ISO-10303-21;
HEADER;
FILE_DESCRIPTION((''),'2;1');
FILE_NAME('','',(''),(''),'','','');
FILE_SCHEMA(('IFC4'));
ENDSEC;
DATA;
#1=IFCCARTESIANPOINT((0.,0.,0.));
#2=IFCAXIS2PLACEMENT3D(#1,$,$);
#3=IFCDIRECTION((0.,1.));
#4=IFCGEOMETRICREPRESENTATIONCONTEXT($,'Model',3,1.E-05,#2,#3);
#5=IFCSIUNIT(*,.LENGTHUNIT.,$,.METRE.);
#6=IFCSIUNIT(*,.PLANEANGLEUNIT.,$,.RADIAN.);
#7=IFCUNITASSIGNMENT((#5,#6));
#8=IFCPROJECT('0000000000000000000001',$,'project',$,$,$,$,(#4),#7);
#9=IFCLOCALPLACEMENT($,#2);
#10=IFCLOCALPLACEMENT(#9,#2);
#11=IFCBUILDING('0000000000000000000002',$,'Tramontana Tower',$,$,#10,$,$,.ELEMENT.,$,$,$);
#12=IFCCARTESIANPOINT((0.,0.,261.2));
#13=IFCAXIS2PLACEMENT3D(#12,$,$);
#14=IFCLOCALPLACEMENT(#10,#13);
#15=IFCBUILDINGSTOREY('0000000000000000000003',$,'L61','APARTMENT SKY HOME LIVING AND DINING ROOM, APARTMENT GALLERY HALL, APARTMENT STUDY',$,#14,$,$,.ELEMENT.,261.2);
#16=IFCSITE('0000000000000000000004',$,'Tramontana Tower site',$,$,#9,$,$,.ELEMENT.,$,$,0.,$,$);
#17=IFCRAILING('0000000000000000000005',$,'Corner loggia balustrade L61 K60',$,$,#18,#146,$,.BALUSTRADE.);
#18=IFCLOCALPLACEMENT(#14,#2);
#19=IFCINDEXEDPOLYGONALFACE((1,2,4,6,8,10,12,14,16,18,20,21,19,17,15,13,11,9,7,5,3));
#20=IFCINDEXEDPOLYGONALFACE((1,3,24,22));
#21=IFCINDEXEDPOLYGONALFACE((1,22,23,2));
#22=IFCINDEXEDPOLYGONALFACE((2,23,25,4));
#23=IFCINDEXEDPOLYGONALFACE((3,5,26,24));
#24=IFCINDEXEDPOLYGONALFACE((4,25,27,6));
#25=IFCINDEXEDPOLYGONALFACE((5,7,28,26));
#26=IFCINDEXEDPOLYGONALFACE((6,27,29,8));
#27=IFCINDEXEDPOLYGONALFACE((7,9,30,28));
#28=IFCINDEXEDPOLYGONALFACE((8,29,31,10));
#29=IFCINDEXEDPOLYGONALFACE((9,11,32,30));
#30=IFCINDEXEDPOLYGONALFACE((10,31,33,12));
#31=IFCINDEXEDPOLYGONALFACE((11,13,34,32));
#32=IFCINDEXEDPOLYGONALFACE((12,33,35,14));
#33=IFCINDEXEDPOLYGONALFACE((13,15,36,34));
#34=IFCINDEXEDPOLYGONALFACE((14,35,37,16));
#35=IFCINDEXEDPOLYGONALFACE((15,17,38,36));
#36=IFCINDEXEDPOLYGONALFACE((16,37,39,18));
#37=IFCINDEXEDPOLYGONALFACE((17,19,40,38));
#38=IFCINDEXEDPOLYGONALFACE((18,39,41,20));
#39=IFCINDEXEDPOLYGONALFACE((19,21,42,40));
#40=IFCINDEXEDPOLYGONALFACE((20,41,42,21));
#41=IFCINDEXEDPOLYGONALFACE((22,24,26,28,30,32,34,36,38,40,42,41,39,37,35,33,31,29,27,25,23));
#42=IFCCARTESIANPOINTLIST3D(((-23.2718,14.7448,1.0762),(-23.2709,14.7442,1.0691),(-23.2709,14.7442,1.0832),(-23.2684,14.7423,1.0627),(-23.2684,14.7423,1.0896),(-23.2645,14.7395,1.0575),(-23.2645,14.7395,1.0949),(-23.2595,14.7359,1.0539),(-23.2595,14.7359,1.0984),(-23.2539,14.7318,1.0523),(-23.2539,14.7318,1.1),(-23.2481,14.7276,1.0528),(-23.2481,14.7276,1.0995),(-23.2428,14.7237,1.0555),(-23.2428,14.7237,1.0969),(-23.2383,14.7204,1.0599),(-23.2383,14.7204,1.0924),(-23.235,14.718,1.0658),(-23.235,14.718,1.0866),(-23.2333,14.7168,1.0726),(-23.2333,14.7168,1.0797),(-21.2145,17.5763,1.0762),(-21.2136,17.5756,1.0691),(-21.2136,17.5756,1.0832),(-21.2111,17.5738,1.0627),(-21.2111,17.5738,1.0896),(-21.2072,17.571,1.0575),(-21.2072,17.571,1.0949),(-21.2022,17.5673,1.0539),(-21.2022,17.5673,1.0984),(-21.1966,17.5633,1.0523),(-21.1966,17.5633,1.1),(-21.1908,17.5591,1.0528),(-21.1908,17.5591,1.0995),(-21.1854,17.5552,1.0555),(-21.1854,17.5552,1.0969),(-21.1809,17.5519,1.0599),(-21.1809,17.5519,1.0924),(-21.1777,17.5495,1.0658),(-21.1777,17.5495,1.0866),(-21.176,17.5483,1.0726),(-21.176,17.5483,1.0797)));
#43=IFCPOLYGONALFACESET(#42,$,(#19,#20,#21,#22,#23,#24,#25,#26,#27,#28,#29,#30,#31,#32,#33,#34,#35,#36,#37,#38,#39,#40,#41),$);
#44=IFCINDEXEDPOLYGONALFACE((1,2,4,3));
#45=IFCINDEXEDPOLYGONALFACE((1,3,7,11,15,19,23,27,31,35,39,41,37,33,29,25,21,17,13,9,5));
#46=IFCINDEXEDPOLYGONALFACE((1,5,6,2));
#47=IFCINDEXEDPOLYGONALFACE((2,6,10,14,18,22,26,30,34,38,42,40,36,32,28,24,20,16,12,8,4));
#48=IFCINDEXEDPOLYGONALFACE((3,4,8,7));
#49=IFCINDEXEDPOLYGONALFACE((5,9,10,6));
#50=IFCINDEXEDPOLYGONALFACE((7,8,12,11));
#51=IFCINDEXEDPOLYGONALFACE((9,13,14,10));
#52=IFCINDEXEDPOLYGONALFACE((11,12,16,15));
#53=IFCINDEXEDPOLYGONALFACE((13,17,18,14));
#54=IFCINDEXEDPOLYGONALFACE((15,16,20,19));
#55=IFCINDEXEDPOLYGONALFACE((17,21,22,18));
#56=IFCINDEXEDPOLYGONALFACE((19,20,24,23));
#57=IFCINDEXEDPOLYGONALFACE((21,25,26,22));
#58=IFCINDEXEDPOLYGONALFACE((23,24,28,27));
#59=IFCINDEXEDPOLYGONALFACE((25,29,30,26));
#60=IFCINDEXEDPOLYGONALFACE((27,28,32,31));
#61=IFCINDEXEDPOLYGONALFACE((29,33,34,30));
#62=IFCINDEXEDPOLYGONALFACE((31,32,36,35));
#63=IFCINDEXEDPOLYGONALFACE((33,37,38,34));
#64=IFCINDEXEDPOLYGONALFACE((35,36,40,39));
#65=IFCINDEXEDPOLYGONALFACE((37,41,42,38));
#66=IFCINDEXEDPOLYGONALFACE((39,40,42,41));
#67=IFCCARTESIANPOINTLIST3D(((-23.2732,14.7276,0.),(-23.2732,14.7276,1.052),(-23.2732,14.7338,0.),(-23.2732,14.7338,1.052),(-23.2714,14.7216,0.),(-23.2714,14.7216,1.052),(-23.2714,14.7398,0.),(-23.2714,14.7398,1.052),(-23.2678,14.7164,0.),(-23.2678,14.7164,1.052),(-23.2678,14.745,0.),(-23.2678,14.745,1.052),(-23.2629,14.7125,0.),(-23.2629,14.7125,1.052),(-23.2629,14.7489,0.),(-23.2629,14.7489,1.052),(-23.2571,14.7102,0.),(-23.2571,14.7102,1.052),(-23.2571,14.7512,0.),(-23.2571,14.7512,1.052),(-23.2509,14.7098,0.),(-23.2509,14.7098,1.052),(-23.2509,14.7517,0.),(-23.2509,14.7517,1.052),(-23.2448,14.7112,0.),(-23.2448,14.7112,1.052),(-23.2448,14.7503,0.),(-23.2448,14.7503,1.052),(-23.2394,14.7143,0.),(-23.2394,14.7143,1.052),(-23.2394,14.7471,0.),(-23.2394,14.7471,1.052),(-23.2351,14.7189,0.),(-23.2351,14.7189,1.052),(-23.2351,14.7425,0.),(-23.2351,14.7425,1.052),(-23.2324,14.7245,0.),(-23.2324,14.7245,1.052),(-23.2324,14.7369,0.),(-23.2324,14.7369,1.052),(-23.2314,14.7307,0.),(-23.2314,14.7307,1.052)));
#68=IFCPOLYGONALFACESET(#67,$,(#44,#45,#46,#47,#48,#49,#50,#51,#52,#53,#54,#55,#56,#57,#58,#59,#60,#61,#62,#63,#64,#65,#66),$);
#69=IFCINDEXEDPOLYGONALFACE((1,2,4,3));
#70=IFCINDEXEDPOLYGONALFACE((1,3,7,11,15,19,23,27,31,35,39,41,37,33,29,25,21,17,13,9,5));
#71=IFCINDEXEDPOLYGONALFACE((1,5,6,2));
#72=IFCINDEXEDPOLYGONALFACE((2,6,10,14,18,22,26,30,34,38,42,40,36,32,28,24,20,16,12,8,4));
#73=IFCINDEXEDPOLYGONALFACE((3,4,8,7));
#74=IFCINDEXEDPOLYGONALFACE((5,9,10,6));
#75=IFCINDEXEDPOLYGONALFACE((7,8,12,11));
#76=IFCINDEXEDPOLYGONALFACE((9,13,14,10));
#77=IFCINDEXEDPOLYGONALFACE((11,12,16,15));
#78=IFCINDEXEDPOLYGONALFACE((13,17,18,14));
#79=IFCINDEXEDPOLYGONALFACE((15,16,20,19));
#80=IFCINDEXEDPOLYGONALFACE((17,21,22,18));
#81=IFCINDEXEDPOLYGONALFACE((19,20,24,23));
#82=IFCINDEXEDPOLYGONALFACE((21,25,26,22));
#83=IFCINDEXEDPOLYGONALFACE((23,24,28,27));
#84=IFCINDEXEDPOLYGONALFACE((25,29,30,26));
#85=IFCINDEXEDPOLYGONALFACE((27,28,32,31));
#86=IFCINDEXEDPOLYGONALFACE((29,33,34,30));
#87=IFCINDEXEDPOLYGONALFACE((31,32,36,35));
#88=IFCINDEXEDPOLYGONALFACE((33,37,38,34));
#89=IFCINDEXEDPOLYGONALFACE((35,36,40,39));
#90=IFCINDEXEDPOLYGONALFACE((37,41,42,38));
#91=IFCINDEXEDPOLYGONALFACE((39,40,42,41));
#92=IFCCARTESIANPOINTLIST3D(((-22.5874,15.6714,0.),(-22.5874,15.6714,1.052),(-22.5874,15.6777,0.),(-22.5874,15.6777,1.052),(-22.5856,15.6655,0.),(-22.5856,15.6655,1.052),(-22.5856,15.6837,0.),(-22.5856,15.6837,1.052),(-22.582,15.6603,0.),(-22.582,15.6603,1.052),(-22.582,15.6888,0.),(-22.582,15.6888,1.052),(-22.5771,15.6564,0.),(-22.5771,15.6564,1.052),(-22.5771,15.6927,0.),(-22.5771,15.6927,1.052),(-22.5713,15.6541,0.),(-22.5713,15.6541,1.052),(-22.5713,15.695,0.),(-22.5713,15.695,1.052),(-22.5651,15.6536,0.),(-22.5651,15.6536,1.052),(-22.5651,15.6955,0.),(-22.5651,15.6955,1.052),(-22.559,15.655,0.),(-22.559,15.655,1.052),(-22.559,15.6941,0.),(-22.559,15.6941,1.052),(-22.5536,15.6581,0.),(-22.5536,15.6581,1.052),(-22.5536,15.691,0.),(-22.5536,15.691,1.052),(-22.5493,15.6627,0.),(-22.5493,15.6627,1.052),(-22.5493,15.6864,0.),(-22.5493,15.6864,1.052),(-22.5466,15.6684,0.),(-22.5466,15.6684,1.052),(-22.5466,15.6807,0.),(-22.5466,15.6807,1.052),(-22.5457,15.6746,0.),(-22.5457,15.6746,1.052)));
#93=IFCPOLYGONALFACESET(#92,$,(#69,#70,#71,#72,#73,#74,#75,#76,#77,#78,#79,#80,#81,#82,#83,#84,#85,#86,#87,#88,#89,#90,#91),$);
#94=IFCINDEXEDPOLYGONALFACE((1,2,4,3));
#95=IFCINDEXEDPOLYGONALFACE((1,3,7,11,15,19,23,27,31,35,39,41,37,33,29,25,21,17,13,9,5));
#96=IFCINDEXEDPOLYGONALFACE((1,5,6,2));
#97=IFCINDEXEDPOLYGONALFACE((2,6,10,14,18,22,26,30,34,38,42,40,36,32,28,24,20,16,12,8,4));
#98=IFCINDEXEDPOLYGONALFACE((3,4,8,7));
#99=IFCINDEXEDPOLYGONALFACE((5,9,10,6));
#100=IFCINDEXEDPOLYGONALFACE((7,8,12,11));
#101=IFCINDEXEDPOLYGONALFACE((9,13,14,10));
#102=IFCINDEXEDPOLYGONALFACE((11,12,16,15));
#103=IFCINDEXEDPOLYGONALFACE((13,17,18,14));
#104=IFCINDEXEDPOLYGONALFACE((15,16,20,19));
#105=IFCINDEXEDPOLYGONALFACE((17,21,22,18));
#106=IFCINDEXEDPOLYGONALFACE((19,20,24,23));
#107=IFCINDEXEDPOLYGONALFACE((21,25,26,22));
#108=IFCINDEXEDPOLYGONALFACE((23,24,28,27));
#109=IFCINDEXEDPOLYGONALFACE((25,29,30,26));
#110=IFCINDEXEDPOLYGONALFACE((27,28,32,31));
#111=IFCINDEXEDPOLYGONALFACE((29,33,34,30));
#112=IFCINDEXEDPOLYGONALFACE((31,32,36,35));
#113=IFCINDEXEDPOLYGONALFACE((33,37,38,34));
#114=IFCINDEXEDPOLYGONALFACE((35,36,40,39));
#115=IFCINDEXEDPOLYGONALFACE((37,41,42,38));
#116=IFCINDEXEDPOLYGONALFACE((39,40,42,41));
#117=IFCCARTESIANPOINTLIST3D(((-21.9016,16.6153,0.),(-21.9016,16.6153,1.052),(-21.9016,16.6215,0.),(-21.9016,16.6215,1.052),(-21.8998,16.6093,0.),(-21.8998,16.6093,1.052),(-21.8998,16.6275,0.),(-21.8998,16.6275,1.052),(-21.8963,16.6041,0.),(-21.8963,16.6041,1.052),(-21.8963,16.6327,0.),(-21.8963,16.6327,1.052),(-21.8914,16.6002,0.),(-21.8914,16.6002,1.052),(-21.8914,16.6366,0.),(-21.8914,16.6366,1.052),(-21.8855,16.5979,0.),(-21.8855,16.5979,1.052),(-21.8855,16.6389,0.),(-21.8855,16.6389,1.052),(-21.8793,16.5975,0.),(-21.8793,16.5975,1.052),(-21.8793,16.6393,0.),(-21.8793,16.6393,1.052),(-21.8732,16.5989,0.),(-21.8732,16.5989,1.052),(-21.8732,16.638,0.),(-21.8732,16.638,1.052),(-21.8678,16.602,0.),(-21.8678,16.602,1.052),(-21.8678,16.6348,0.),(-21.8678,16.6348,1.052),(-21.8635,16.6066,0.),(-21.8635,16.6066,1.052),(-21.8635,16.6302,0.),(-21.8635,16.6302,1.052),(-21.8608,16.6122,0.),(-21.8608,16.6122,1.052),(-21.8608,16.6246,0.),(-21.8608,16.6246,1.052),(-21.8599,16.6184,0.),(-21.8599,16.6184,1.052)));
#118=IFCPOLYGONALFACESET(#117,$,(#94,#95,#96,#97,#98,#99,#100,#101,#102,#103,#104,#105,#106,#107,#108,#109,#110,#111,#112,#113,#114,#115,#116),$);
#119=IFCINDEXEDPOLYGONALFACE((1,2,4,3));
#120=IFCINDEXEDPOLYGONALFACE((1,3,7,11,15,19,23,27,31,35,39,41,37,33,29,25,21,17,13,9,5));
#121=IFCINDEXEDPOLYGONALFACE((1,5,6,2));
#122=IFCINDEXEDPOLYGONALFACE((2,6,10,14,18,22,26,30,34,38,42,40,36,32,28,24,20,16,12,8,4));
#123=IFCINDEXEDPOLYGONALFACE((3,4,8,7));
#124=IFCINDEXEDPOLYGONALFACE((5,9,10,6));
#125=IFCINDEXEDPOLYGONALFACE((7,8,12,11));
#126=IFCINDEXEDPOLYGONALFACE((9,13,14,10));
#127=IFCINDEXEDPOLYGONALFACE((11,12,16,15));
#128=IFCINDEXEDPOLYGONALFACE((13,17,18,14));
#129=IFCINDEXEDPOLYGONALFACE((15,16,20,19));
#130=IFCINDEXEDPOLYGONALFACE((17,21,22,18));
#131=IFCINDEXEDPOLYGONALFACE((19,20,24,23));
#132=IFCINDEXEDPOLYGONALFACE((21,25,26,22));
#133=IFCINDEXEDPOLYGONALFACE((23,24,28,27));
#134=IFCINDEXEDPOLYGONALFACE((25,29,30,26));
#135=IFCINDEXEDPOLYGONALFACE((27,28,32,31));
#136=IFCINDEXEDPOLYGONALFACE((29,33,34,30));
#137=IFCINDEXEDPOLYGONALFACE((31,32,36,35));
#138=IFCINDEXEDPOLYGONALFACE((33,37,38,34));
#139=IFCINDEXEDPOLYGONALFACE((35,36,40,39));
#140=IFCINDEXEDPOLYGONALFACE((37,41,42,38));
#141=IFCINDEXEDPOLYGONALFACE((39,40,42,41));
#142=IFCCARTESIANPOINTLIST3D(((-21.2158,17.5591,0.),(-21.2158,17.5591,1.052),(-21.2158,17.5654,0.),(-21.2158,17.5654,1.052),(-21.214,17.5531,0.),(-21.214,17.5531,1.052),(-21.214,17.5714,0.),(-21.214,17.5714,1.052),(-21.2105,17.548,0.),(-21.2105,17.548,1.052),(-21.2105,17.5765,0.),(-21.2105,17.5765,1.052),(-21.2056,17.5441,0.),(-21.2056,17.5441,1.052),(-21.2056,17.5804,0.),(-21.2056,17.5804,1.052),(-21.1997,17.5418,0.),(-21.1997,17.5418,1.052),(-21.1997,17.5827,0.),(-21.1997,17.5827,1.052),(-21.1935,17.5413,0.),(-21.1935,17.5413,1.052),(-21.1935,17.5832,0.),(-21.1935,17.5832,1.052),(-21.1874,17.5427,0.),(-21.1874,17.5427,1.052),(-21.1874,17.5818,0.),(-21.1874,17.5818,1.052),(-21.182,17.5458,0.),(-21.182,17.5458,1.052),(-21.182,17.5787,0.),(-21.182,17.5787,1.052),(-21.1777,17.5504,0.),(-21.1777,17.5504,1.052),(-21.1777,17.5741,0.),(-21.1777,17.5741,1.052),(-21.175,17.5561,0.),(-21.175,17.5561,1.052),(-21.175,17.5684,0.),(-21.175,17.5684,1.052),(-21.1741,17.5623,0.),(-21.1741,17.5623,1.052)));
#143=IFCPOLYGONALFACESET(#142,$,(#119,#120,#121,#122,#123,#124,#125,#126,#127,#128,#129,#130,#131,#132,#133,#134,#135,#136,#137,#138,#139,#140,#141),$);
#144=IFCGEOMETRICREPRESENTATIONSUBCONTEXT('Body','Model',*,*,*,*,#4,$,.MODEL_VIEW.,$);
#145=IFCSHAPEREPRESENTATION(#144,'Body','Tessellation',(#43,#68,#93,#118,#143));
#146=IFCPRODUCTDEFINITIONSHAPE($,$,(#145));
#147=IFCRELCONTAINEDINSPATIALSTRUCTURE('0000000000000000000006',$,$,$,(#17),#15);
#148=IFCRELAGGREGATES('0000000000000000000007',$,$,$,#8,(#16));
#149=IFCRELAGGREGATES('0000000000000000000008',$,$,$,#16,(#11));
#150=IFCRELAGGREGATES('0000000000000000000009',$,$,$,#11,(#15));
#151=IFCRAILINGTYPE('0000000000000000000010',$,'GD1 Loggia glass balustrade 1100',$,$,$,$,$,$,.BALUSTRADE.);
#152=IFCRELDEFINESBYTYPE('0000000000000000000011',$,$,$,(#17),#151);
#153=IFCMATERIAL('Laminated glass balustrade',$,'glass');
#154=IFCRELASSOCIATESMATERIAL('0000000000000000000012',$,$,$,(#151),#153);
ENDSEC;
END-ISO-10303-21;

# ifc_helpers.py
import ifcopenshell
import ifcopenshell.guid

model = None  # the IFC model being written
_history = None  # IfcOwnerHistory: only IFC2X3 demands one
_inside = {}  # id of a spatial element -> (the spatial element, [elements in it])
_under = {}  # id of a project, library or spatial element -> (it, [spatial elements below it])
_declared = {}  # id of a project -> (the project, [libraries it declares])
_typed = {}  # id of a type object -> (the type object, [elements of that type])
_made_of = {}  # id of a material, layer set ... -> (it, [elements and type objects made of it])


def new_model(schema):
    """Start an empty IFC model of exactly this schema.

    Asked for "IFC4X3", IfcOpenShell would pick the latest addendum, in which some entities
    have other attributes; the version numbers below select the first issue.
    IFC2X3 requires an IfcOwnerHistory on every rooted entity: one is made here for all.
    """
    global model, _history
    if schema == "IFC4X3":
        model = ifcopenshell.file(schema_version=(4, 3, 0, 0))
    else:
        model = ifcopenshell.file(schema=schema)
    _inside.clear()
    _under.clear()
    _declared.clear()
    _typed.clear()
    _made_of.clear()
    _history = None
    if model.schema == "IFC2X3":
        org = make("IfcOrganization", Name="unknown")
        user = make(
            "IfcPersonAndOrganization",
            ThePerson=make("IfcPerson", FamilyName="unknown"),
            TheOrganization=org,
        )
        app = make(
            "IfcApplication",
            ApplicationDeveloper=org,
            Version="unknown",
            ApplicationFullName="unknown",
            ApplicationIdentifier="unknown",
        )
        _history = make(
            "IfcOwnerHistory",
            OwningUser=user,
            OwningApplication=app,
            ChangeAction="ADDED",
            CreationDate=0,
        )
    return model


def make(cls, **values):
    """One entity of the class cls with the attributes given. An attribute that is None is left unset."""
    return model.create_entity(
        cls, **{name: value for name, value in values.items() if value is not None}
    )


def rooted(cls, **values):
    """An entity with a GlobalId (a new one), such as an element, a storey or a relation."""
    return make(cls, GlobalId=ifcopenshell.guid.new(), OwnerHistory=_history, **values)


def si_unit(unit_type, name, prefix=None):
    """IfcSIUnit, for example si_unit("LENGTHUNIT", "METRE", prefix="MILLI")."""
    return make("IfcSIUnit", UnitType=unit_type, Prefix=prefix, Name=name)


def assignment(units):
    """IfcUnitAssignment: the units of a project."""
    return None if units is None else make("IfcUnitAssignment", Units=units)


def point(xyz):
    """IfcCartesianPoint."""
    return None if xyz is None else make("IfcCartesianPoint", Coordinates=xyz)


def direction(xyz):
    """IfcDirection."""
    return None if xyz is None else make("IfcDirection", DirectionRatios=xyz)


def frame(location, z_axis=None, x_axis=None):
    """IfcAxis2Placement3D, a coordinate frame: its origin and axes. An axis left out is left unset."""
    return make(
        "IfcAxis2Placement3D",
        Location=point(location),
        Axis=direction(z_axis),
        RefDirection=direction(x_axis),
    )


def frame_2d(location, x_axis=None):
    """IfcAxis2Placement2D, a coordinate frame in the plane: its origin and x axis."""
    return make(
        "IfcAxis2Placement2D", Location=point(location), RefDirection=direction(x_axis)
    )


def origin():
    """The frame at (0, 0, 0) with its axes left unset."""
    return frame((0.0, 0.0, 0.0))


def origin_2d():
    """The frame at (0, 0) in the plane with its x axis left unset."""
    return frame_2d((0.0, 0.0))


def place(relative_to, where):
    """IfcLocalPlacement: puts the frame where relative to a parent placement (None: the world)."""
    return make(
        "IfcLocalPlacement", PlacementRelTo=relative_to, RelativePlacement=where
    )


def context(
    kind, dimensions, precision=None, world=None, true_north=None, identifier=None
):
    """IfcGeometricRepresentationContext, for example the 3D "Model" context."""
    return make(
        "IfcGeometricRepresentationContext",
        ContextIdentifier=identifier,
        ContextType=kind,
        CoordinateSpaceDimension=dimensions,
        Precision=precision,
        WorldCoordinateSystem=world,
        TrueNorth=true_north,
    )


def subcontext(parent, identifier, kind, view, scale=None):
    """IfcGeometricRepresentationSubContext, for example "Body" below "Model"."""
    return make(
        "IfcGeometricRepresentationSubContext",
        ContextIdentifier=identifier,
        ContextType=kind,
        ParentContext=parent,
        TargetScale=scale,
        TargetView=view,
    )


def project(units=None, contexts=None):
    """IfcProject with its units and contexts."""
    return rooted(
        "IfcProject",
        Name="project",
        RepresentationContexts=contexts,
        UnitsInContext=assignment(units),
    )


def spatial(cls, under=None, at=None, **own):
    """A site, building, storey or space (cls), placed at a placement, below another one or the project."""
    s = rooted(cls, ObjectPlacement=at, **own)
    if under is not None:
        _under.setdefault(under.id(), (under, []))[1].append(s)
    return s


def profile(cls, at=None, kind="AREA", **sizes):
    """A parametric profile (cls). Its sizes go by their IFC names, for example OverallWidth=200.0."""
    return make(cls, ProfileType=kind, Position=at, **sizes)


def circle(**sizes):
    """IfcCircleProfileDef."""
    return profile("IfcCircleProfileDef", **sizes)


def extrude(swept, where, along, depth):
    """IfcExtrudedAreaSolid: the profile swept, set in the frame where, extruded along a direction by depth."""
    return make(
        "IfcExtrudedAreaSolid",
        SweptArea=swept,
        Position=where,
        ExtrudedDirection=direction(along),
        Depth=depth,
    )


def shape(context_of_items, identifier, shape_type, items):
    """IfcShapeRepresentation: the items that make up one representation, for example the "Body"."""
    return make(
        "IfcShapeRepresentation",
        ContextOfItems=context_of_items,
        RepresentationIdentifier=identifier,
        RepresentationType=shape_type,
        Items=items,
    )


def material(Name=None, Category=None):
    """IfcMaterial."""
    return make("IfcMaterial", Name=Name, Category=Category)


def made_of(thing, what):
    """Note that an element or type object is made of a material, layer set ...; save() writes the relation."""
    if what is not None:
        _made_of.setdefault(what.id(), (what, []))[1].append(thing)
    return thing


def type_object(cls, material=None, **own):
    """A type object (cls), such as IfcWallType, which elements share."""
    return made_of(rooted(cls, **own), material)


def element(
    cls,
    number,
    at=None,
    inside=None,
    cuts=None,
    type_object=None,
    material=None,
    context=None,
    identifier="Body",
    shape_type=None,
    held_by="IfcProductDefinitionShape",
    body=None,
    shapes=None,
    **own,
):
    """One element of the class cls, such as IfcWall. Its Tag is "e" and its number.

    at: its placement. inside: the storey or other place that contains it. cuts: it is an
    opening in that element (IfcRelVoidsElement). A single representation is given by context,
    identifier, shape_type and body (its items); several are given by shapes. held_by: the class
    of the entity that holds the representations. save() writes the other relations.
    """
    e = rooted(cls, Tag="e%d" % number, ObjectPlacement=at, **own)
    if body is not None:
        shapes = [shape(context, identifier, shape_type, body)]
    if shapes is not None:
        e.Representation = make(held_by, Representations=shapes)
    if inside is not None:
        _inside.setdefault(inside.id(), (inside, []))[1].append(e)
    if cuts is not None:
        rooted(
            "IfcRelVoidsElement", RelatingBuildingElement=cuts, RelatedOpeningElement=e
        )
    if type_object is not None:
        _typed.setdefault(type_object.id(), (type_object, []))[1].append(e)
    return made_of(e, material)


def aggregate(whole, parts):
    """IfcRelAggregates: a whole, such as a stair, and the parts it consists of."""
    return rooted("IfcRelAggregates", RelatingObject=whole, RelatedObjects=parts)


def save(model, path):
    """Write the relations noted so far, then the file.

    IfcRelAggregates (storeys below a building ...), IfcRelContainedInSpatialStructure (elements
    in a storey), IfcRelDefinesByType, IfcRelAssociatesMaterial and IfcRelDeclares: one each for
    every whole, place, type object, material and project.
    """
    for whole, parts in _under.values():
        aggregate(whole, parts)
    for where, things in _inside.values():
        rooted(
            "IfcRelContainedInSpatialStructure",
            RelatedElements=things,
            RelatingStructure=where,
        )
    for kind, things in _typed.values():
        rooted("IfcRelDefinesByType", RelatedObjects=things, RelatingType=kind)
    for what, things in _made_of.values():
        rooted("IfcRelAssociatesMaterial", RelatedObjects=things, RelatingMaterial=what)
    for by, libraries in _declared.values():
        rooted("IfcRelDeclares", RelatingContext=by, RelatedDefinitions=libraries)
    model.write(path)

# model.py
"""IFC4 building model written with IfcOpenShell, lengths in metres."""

from ifc_helpers import new_model, si_unit, direction, frame, origin, origin_2d, place, context, subcontext, project, spatial, circle, extrude, material, type_object, element, save


model = new_model("IFC4")

# Units and contexts
model_context = context("Model", 3, precision=1e-05, world=origin(), true_north=direction((0.0, 1.0)))
body_context = subcontext(model_context, "Body", "Model", "MODEL_VIEW")
ifc_project = project(units=[si_unit("LENGTHUNIT", "METRE"), si_unit("PLANEANGLEUNIT", "RADIAN")], contexts=[model_context])

# Site, building, storey
site_placement = place(None, origin())
site = spatial("IfcSite", under=ifc_project, at=site_placement, Name="Tramontana Tower site", CompositionType="ELEMENT", RefElevation=0.0)
building_placement = place(site_placement, origin())
building = spatial("IfcBuilding", under=site, at=building_placement, Name="Tramontana Tower", CompositionType="ELEMENT")
storey_placement = place(building_placement, frame((0.0, 0.0, 261.2)))
storey = spatial("IfcBuildingStorey", under=building, at=storey_placement, Name="L61", Description="APARTMENT SKY HOME LIVING AND DINING ROOM, APARTMENT GALLERY HALL, APARTMENT STUDY", CompositionType="ELEMENT", Elevation=261.2)

# Railing
ifc_material_1 = material(Name="Laminated glass balustrade", Category="glass")
railing_type = type_object("IfcRailingType", Name="GD1 Loggia glass balustrade 1100", PredefinedType="BALUSTRADE", material=ifc_material_1)
railing_1_placement = place(storey_placement, frame((-23.2524, 14.7307, 0.0)))
element("IfcRailing", 1, at=railing_1_placement, inside=storey, type_object=railing_type, Name="Corner loggia balustrade L61 K60", PredefinedType="BALUSTRADE", context=body_context, shape_type="SweptSolid", body=[
    extrude(circle(Radius=0.0239, at=origin_2d()), frame((0.0, 0.0, 1.0762), z_axis=(0.587811, 0.808998, 0.0), x_axis=(-0.808998, 0.587811, 0.0)), (0.0, 0.0, 1.0), 3.5),
    extrude(circle(Radius=0.021, at=origin_2d()), origin(), (0.0, 0.0, 1.0), 1.052),
    extrude(circle(Radius=0.021, at=origin_2d()), frame((0.6858, 0.9438, 0.0)), (0.0, 0.0, 1.0), 1.052),
    extrude(circle(Radius=0.021, at=origin_2d()), frame((1.3716, 1.8877, 0.0)), (0.0, 0.0, 1.0), 1.052),
    extrude(circle(Radius=0.021, at=origin_2d()), frame((2.0574, 2.8315, 0.0)), (0.0, 0.0, 1.0), 1.052),
])

save(model, "model.ifc")
